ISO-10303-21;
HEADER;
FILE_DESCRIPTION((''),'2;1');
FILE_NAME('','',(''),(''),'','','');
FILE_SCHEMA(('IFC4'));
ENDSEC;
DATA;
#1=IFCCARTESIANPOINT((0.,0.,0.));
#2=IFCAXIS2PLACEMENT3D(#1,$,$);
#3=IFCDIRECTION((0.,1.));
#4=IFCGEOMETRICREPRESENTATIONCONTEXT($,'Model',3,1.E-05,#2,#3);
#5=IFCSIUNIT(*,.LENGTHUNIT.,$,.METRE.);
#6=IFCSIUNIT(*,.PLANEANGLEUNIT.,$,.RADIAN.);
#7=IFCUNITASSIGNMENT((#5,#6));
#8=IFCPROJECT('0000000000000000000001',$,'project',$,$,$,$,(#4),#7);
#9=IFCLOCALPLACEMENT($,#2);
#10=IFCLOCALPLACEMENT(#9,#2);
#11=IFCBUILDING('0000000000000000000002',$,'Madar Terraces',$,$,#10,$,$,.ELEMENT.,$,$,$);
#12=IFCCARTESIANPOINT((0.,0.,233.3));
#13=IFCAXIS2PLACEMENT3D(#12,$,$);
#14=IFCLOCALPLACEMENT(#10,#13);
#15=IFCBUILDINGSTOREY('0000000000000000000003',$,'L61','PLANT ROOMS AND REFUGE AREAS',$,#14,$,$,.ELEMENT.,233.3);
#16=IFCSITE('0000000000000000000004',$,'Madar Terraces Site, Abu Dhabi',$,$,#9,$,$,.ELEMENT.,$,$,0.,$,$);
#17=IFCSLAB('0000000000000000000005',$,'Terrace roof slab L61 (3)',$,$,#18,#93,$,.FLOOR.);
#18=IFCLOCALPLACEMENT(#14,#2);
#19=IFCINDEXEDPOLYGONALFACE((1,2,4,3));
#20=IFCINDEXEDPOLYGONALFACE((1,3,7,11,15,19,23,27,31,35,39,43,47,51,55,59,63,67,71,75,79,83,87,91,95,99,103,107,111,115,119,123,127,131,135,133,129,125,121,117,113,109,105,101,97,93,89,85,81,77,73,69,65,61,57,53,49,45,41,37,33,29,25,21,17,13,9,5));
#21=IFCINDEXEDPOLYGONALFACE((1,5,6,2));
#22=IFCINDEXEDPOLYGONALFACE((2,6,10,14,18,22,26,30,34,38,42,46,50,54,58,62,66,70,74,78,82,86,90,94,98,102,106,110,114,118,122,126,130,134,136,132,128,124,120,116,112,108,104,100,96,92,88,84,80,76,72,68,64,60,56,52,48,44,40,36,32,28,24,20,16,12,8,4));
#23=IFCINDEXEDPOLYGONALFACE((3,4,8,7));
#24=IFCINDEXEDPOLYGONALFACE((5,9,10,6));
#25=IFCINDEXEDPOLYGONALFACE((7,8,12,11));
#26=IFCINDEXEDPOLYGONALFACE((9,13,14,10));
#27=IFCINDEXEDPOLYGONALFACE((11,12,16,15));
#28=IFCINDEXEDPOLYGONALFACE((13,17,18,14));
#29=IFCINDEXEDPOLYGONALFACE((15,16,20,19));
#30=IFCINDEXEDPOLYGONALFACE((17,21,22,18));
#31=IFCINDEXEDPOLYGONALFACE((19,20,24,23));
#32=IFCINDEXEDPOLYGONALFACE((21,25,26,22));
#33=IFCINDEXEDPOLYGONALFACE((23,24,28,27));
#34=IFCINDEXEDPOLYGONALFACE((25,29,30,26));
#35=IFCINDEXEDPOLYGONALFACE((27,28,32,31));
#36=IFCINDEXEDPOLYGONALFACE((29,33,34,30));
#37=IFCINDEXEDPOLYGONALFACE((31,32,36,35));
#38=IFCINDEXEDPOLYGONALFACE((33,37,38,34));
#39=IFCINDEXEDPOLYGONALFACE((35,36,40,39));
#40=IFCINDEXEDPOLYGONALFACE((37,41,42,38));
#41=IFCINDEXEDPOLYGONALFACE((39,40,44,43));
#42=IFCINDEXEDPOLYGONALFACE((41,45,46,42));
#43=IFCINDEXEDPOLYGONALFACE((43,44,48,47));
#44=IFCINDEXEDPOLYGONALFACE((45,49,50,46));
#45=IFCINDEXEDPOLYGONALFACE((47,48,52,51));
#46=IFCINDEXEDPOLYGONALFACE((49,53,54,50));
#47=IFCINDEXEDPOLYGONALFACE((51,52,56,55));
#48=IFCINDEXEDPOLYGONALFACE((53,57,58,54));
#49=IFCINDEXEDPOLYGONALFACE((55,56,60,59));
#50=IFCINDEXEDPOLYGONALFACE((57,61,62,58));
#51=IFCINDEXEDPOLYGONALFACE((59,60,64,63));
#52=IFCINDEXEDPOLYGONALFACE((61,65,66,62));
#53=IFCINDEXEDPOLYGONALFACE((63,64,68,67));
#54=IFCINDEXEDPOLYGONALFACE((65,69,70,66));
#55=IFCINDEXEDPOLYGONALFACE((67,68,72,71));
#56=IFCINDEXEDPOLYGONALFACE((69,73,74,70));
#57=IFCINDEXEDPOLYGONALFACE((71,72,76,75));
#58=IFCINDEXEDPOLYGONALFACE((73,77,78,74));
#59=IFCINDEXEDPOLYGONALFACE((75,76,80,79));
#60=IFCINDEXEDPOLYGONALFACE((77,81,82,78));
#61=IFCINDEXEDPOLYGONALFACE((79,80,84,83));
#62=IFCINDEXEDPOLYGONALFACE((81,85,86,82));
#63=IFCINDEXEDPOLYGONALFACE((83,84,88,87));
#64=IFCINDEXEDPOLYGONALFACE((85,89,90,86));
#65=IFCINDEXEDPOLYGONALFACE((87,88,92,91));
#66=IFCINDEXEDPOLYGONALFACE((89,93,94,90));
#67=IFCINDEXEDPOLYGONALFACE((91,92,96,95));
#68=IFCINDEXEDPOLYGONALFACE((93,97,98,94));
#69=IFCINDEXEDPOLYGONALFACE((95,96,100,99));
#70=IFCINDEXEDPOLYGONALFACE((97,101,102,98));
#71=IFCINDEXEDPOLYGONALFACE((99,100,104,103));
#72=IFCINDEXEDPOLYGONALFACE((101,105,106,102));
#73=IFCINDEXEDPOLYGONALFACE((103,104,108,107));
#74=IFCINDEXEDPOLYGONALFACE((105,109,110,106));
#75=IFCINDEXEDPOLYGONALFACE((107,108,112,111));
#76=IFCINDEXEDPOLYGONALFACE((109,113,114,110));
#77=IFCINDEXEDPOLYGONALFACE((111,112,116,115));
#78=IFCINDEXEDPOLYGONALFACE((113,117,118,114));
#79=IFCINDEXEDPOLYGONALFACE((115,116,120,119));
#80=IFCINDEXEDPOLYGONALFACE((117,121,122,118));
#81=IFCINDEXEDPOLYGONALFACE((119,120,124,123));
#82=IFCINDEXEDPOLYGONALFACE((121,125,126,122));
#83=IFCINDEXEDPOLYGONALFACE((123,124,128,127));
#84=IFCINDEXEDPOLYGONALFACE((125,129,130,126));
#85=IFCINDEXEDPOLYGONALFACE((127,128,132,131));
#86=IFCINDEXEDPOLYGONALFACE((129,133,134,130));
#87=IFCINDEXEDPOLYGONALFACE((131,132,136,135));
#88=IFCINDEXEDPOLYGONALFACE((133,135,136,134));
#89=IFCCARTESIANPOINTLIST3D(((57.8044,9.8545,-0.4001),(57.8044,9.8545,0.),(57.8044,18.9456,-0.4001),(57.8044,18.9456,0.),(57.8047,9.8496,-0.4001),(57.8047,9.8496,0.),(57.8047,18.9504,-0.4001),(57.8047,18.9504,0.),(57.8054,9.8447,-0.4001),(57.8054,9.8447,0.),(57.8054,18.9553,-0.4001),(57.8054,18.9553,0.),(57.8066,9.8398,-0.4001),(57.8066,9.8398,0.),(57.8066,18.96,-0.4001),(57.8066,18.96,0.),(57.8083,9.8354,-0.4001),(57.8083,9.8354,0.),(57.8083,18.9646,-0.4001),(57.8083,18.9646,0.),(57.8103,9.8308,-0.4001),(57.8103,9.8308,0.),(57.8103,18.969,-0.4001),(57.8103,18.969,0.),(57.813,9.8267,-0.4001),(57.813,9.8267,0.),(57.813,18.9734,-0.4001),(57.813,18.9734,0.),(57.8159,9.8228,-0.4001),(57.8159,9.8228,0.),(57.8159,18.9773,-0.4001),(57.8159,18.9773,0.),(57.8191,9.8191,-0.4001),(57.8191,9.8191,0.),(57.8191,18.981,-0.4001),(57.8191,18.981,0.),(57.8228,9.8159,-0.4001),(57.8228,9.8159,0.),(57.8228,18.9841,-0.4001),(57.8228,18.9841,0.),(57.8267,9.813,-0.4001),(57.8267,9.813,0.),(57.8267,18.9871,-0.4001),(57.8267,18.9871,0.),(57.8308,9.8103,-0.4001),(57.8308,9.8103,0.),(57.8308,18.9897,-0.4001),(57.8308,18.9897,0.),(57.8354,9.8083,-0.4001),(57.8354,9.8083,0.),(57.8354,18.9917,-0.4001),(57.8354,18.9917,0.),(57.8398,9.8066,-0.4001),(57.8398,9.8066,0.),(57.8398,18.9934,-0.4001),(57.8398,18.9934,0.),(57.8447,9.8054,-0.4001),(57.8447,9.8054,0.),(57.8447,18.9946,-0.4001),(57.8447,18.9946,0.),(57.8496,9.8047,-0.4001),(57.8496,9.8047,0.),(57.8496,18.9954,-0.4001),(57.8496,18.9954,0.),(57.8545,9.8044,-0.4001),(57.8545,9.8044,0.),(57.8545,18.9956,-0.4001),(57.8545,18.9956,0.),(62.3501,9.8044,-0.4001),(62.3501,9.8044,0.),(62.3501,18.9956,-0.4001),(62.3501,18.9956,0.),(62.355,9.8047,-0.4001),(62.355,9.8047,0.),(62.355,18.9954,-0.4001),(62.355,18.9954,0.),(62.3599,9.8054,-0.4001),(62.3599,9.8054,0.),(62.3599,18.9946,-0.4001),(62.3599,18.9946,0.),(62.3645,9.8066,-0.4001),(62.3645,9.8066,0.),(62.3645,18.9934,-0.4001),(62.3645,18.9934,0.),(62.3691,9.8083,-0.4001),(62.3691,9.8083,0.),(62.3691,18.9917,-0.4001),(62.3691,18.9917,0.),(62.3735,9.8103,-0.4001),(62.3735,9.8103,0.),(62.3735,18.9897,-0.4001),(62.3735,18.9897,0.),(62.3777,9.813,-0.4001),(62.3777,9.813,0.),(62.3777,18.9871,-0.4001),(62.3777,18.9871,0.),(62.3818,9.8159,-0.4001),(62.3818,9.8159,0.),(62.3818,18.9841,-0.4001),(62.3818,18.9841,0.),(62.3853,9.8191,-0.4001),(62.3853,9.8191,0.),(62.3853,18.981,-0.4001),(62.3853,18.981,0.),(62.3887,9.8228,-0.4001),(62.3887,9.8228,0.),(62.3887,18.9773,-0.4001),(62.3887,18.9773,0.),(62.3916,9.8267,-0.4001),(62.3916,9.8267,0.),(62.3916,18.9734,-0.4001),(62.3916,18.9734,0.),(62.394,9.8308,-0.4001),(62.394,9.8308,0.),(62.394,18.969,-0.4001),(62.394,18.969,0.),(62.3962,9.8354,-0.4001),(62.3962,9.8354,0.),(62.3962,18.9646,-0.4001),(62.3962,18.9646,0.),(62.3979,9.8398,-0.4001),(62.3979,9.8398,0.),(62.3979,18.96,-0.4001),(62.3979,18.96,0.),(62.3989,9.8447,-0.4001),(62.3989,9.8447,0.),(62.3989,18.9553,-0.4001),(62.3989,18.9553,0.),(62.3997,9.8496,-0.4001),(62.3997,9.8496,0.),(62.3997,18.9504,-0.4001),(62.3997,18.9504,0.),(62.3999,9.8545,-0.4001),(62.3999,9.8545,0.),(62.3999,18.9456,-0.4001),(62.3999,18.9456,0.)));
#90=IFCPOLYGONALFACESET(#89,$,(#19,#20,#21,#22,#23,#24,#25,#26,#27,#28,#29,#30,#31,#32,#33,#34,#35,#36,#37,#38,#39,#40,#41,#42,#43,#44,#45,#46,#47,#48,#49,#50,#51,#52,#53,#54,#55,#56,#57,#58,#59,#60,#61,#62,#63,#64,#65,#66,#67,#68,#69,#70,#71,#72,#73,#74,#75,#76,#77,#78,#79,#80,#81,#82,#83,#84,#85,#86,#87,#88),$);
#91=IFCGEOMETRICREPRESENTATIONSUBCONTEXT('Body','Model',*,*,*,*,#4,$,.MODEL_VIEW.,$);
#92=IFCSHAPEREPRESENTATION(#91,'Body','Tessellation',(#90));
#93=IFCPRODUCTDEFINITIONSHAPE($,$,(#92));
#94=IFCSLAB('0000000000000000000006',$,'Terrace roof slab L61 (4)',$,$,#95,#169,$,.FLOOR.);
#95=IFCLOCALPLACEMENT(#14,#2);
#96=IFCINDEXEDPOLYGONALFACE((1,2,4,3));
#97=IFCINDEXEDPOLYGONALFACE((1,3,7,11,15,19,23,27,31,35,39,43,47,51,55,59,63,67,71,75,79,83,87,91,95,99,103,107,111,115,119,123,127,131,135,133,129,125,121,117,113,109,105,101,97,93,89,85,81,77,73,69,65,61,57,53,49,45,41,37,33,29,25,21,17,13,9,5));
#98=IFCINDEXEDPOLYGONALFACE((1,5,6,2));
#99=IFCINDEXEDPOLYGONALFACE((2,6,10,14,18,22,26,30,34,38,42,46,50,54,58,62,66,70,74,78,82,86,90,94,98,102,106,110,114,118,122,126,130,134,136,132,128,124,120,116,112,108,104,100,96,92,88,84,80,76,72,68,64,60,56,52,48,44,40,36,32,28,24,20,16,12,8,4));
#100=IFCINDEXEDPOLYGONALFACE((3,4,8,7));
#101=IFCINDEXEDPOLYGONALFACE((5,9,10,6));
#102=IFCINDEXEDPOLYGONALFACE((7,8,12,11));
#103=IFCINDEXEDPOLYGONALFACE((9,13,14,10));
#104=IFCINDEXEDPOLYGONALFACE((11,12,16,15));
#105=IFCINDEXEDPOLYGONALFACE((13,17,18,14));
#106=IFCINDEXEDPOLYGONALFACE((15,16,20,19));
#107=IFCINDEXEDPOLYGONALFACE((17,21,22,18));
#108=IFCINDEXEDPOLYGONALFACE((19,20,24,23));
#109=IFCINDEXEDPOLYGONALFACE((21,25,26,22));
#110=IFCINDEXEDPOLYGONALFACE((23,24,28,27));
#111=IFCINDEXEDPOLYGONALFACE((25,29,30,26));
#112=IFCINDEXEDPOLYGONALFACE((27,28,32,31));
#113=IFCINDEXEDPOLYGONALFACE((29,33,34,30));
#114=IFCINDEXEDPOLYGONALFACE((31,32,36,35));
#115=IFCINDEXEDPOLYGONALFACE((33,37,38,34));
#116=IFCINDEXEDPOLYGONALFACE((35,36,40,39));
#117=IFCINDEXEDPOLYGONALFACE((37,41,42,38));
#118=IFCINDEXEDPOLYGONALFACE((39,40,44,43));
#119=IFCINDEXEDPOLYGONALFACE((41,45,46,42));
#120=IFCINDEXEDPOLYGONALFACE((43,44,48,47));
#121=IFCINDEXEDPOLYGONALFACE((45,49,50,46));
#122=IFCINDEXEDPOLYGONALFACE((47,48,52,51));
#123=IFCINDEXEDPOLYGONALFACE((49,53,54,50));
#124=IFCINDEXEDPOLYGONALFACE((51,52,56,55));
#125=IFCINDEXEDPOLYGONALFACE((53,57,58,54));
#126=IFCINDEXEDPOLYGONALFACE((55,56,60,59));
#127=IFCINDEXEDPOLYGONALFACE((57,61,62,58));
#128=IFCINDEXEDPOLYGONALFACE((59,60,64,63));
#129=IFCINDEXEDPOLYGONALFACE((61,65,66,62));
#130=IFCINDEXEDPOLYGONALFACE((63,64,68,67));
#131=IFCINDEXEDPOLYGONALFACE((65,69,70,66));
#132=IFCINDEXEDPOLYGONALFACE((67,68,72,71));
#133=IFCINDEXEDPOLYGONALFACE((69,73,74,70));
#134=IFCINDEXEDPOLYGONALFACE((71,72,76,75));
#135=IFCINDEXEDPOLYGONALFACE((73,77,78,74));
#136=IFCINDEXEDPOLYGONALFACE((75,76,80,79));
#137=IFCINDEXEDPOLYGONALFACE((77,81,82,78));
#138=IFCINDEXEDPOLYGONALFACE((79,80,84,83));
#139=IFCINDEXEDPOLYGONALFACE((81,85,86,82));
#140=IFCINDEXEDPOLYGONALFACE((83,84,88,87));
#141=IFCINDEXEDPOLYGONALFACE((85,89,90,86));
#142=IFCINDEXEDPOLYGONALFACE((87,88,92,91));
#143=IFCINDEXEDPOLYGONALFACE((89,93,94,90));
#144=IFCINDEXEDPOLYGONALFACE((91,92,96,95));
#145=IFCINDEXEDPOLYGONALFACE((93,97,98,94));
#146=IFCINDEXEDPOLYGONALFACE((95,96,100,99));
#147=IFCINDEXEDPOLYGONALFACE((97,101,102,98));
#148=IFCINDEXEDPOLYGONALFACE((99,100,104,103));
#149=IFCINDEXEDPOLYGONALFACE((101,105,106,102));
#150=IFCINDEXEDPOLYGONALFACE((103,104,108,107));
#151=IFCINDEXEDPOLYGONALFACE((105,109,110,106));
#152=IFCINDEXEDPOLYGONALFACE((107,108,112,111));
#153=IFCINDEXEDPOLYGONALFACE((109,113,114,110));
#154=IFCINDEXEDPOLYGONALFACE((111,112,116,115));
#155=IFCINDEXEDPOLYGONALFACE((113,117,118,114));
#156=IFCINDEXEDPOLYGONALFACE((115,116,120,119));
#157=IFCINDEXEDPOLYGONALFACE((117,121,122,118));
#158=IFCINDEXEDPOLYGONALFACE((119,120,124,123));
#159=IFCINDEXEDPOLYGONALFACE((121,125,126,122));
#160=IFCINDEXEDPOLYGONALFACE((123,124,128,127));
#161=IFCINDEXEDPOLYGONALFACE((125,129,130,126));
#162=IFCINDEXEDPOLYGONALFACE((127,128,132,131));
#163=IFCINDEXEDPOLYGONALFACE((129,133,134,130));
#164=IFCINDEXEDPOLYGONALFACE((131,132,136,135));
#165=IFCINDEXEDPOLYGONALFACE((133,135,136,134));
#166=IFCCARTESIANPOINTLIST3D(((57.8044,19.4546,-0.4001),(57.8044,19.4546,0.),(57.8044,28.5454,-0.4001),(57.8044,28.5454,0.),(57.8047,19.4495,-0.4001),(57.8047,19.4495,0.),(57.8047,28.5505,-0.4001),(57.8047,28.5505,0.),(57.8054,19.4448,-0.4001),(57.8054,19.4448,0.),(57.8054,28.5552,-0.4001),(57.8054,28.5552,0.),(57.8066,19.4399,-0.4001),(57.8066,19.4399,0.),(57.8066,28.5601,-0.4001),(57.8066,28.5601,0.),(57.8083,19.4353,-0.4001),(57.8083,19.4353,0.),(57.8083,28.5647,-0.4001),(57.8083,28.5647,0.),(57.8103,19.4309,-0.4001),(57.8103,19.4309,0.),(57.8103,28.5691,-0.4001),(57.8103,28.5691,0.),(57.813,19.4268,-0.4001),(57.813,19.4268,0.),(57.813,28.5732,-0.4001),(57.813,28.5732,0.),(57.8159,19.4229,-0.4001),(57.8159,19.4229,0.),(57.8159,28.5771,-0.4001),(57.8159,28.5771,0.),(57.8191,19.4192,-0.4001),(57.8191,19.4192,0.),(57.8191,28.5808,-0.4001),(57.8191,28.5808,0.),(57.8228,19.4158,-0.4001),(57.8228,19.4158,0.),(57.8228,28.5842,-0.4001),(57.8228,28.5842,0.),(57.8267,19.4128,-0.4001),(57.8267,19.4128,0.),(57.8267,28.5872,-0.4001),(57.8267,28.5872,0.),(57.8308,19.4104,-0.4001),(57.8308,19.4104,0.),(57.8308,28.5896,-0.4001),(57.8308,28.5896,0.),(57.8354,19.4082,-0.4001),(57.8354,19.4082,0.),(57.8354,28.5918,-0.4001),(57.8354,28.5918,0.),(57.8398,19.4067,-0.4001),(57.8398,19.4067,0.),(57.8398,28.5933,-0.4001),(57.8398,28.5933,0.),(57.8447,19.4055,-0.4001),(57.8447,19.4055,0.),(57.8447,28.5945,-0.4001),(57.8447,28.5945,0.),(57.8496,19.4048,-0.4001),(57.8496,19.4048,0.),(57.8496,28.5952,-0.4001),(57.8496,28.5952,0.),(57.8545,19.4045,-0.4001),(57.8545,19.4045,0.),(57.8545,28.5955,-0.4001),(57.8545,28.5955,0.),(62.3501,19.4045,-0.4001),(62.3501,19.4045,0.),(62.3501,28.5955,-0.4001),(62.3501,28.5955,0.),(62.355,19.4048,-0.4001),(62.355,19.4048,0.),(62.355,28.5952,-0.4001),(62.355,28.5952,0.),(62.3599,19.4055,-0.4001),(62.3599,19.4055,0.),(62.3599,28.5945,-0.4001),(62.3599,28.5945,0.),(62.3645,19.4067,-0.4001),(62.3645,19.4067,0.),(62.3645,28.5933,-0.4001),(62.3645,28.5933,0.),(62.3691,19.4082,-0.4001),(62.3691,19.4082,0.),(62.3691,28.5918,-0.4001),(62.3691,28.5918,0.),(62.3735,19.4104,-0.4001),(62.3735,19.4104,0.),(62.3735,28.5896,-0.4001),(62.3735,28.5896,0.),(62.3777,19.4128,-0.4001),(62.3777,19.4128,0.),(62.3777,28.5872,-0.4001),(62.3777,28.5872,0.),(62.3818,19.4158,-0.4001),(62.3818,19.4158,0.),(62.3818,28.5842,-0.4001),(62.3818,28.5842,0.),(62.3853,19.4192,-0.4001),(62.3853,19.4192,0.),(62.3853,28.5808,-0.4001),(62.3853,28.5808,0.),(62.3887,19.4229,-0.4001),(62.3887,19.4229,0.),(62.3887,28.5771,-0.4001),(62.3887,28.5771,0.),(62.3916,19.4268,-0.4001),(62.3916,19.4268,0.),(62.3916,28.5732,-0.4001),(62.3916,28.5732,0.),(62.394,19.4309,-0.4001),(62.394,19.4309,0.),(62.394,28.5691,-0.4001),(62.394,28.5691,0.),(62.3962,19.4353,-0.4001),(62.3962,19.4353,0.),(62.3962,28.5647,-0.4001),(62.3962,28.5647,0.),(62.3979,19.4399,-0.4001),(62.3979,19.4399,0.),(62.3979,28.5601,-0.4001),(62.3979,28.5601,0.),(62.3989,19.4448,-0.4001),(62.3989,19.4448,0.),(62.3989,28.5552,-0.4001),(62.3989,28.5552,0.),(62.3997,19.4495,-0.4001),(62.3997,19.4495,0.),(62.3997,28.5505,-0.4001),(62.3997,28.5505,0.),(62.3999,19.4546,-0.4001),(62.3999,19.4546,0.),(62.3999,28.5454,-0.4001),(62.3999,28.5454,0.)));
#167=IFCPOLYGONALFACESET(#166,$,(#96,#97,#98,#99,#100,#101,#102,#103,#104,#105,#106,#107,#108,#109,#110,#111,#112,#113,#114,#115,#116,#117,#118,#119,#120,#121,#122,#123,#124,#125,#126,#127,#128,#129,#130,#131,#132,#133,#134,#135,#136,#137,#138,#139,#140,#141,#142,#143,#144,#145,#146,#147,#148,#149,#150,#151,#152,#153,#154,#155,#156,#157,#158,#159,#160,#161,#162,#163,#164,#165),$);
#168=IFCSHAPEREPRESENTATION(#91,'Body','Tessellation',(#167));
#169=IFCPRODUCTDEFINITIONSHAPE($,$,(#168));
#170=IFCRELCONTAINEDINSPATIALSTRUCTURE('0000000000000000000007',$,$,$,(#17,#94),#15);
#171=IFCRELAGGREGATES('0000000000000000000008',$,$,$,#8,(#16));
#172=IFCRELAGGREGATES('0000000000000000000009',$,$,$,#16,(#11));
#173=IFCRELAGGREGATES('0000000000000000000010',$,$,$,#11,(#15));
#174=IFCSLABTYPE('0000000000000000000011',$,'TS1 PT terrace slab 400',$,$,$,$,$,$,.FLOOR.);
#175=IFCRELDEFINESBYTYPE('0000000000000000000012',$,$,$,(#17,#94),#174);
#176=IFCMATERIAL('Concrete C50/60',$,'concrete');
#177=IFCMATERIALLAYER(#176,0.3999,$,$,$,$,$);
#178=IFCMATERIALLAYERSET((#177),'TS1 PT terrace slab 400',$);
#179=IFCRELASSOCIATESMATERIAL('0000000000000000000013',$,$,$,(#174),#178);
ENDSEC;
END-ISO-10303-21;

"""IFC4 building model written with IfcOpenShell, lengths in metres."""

from ifc_helpers import new_model, si_unit, direction, frame, origin, place, context, subcontext, project, spatial, polyline, outline, extrude, material, layer, layer_set, type_object, element, save


model = new_model("IFC4")

# Units and contexts
model_context = context("Model", 3, precision=1e-05, world=origin(), true_north=direction((0.0, 1.0)))
body_context = subcontext(model_context, "Body", "Model", "MODEL_VIEW")
ifc_project = project(units=[si_unit("LENGTHUNIT", "METRE"), si_unit("PLANEANGLEUNIT", "RADIAN")], contexts=[model_context])

# Site, building, storey
site_placement = place(None, origin())
site = spatial("IfcSite", under=ifc_project, at=site_placement, Name="Madar Terraces Site, Abu Dhabi", CompositionType="ELEMENT", RefElevation=0.0)
building_placement = place(site_placement, origin())
building = spatial("IfcBuilding", under=site, at=building_placement, Name="Madar Terraces", CompositionType="ELEMENT")
storey_placement = place(building_placement, frame((0.0, 0.0, 233.3)))
storey = spatial("IfcBuildingStorey", under=building, at=storey_placement, Name="L61", Description="PLANT ROOMS AND REFUGE AREAS", CompositionType="ELEMENT", Elevation=233.3)

# Slabs
ifc_material_1 = material(Name="Concrete C50/60", Category="concrete")
ifc_layer_1 = layer(ifc_material_1, 0.3999)
ifc_layer_set_1 = layer_set([ifc_layer_1], Name="TS1 PT terrace slab 400")
slab_type_1 = type_object("IfcSlabType", Name="TS1 PT terrace slab 400", PredefinedType="FLOOR", material=ifc_layer_set_1)
slab_1_placement = place(storey_placement, frame((0.0, 0.0, -0.4001)))
element("IfcSlab", 1, at=slab_1_placement, inside=storey, type_object=slab_type_1, Name="Terrace roof slab L61 (3)", PredefinedType="FLOOR", context=body_context, shape_type="SweptSolid", body=[
    extrude(outline(polyline([(62.3989, 9.8447), (62.3997, 9.8496), (62.3999, 9.8545), (62.3999, 18.9456), (62.3997, 18.9504), (62.3989, 18.9553), (62.3979, 18.96), (62.3962, 18.9646), (62.394, 18.969), (62.3916, 18.9734), (62.3887, 18.9773), (62.3853, 18.981), (62.3818, 18.9841), (62.3777, 18.9871), (62.3735, 18.9897), (62.3691, 18.9917), (62.3645, 18.9934), (62.3599, 18.9946), (62.355, 18.9954), (62.3501, 18.9956), (57.8545, 18.9956), (57.8496, 18.9954), (57.8447, 18.9946), (57.8398, 18.9934), (57.8354, 18.9917), (57.8308, 18.9897), (57.8267, 18.9871), (57.8228, 18.9841), (57.8191, 18.981), (57.8159, 18.9773), (57.813, 18.9734), (57.8103, 18.969), (57.8083, 18.9646), (57.8066, 18.96), (57.8054, 18.9553), (57.8047, 18.9504), (57.8044, 18.9456), (57.8044, 9.8545), (57.8047, 9.8496), (57.8054, 9.8447), (57.8066, 9.8398), (57.8083, 9.8354), (57.8103, 9.8308), (57.813, 9.8267), (57.8159, 9.8228), (57.8191, 9.8191), (57.8228, 9.8159), (57.8267, 9.813), (57.8308, 9.8103), (57.8354, 9.8083), (57.8398, 9.8066), (57.8447, 9.8054), (57.8496, 9.8047), (57.8545, 9.8044), (62.3501, 9.8044), (62.355, 9.8047), (62.3599, 9.8054), (62.3645, 9.8066), (62.3691, 9.8083), (62.3735, 9.8103), (62.3777, 9.813), (62.3818, 9.8159), (62.3853, 9.8191), (62.3887, 9.8228), (62.3916, 9.8267), (62.394, 9.8308), (62.3962, 9.8354), (62.3979, 9.8398), (62.3989, 9.8447)])), origin(), (0.0, 0.0, 1.0), 0.4001),
])
slab_2_placement = place(storey_placement, frame((0.0, 0.0, -0.4001)))
element("IfcSlab", 2, at=slab_2_placement, inside=storey, type_object=slab_type_1, Name="Terrace roof slab L61 (4)", PredefinedType="FLOOR", context=body_context, shape_type="SweptSolid", body=[
    extrude(outline(polyline([(62.3989, 19.4448), (62.3997, 19.4495), (62.3999, 19.4546), (62.3999, 28.5454), (62.3997, 28.5505), (62.3989, 28.5552), (62.3979, 28.5601), (62.3962, 28.5647), (62.394, 28.5691), (62.3916, 28.5732), (62.3887, 28.5771), (62.3853, 28.5808), (62.3818, 28.5842), (62.3777, 28.5872), (62.3735, 28.5896), (62.3691, 28.5918), (62.3645, 28.5933), (62.3599, 28.5945), (62.355, 28.5952), (62.3501, 28.5955), (57.8545, 28.5955), (57.8496, 28.5952), (57.8447, 28.5945), (57.8398, 28.5933), (57.8354, 28.5918), (57.8308, 28.5896), (57.8267, 28.5872), (57.8228, 28.5842), (57.8191, 28.5808), (57.8159, 28.5771), (57.813, 28.5732), (57.8103, 28.5691), (57.8083, 28.5647), (57.8066, 28.5601), (57.8054, 28.5552), (57.8047, 28.5505), (57.8044, 28.5454), (57.8044, 19.4546), (57.8047, 19.4495), (57.8054, 19.4448), (57.8066, 19.4399), (57.8083, 19.4353), (57.8103, 19.4309), (57.813, 19.4268), (57.8159, 19.4229), (57.8191, 19.4192), (57.8228, 19.4158), (57.8267, 19.4128), (57.8308, 19.4104), (57.8354, 19.4082), (57.8398, 19.4067), (57.8447, 19.4055), (57.8496, 19.4048), (57.8545, 19.4045), (62.3501, 19.4045), (62.355, 19.4048), (62.3599, 19.4055), (62.3645, 19.4067), (62.3691, 19.4082), (62.3735, 19.4104), (62.3777, 19.4128), (62.3818, 19.4158), (62.3853, 19.4192), (62.3887, 19.4229), (62.3916, 19.4268), (62.394, 19.4309), (62.3962, 19.4353), (62.3979, 19.4399), (62.3989, 19.4448)])), origin(), (0.0, 0.0, 1.0), 0.4001),
])

save(model, "model.ifc")
